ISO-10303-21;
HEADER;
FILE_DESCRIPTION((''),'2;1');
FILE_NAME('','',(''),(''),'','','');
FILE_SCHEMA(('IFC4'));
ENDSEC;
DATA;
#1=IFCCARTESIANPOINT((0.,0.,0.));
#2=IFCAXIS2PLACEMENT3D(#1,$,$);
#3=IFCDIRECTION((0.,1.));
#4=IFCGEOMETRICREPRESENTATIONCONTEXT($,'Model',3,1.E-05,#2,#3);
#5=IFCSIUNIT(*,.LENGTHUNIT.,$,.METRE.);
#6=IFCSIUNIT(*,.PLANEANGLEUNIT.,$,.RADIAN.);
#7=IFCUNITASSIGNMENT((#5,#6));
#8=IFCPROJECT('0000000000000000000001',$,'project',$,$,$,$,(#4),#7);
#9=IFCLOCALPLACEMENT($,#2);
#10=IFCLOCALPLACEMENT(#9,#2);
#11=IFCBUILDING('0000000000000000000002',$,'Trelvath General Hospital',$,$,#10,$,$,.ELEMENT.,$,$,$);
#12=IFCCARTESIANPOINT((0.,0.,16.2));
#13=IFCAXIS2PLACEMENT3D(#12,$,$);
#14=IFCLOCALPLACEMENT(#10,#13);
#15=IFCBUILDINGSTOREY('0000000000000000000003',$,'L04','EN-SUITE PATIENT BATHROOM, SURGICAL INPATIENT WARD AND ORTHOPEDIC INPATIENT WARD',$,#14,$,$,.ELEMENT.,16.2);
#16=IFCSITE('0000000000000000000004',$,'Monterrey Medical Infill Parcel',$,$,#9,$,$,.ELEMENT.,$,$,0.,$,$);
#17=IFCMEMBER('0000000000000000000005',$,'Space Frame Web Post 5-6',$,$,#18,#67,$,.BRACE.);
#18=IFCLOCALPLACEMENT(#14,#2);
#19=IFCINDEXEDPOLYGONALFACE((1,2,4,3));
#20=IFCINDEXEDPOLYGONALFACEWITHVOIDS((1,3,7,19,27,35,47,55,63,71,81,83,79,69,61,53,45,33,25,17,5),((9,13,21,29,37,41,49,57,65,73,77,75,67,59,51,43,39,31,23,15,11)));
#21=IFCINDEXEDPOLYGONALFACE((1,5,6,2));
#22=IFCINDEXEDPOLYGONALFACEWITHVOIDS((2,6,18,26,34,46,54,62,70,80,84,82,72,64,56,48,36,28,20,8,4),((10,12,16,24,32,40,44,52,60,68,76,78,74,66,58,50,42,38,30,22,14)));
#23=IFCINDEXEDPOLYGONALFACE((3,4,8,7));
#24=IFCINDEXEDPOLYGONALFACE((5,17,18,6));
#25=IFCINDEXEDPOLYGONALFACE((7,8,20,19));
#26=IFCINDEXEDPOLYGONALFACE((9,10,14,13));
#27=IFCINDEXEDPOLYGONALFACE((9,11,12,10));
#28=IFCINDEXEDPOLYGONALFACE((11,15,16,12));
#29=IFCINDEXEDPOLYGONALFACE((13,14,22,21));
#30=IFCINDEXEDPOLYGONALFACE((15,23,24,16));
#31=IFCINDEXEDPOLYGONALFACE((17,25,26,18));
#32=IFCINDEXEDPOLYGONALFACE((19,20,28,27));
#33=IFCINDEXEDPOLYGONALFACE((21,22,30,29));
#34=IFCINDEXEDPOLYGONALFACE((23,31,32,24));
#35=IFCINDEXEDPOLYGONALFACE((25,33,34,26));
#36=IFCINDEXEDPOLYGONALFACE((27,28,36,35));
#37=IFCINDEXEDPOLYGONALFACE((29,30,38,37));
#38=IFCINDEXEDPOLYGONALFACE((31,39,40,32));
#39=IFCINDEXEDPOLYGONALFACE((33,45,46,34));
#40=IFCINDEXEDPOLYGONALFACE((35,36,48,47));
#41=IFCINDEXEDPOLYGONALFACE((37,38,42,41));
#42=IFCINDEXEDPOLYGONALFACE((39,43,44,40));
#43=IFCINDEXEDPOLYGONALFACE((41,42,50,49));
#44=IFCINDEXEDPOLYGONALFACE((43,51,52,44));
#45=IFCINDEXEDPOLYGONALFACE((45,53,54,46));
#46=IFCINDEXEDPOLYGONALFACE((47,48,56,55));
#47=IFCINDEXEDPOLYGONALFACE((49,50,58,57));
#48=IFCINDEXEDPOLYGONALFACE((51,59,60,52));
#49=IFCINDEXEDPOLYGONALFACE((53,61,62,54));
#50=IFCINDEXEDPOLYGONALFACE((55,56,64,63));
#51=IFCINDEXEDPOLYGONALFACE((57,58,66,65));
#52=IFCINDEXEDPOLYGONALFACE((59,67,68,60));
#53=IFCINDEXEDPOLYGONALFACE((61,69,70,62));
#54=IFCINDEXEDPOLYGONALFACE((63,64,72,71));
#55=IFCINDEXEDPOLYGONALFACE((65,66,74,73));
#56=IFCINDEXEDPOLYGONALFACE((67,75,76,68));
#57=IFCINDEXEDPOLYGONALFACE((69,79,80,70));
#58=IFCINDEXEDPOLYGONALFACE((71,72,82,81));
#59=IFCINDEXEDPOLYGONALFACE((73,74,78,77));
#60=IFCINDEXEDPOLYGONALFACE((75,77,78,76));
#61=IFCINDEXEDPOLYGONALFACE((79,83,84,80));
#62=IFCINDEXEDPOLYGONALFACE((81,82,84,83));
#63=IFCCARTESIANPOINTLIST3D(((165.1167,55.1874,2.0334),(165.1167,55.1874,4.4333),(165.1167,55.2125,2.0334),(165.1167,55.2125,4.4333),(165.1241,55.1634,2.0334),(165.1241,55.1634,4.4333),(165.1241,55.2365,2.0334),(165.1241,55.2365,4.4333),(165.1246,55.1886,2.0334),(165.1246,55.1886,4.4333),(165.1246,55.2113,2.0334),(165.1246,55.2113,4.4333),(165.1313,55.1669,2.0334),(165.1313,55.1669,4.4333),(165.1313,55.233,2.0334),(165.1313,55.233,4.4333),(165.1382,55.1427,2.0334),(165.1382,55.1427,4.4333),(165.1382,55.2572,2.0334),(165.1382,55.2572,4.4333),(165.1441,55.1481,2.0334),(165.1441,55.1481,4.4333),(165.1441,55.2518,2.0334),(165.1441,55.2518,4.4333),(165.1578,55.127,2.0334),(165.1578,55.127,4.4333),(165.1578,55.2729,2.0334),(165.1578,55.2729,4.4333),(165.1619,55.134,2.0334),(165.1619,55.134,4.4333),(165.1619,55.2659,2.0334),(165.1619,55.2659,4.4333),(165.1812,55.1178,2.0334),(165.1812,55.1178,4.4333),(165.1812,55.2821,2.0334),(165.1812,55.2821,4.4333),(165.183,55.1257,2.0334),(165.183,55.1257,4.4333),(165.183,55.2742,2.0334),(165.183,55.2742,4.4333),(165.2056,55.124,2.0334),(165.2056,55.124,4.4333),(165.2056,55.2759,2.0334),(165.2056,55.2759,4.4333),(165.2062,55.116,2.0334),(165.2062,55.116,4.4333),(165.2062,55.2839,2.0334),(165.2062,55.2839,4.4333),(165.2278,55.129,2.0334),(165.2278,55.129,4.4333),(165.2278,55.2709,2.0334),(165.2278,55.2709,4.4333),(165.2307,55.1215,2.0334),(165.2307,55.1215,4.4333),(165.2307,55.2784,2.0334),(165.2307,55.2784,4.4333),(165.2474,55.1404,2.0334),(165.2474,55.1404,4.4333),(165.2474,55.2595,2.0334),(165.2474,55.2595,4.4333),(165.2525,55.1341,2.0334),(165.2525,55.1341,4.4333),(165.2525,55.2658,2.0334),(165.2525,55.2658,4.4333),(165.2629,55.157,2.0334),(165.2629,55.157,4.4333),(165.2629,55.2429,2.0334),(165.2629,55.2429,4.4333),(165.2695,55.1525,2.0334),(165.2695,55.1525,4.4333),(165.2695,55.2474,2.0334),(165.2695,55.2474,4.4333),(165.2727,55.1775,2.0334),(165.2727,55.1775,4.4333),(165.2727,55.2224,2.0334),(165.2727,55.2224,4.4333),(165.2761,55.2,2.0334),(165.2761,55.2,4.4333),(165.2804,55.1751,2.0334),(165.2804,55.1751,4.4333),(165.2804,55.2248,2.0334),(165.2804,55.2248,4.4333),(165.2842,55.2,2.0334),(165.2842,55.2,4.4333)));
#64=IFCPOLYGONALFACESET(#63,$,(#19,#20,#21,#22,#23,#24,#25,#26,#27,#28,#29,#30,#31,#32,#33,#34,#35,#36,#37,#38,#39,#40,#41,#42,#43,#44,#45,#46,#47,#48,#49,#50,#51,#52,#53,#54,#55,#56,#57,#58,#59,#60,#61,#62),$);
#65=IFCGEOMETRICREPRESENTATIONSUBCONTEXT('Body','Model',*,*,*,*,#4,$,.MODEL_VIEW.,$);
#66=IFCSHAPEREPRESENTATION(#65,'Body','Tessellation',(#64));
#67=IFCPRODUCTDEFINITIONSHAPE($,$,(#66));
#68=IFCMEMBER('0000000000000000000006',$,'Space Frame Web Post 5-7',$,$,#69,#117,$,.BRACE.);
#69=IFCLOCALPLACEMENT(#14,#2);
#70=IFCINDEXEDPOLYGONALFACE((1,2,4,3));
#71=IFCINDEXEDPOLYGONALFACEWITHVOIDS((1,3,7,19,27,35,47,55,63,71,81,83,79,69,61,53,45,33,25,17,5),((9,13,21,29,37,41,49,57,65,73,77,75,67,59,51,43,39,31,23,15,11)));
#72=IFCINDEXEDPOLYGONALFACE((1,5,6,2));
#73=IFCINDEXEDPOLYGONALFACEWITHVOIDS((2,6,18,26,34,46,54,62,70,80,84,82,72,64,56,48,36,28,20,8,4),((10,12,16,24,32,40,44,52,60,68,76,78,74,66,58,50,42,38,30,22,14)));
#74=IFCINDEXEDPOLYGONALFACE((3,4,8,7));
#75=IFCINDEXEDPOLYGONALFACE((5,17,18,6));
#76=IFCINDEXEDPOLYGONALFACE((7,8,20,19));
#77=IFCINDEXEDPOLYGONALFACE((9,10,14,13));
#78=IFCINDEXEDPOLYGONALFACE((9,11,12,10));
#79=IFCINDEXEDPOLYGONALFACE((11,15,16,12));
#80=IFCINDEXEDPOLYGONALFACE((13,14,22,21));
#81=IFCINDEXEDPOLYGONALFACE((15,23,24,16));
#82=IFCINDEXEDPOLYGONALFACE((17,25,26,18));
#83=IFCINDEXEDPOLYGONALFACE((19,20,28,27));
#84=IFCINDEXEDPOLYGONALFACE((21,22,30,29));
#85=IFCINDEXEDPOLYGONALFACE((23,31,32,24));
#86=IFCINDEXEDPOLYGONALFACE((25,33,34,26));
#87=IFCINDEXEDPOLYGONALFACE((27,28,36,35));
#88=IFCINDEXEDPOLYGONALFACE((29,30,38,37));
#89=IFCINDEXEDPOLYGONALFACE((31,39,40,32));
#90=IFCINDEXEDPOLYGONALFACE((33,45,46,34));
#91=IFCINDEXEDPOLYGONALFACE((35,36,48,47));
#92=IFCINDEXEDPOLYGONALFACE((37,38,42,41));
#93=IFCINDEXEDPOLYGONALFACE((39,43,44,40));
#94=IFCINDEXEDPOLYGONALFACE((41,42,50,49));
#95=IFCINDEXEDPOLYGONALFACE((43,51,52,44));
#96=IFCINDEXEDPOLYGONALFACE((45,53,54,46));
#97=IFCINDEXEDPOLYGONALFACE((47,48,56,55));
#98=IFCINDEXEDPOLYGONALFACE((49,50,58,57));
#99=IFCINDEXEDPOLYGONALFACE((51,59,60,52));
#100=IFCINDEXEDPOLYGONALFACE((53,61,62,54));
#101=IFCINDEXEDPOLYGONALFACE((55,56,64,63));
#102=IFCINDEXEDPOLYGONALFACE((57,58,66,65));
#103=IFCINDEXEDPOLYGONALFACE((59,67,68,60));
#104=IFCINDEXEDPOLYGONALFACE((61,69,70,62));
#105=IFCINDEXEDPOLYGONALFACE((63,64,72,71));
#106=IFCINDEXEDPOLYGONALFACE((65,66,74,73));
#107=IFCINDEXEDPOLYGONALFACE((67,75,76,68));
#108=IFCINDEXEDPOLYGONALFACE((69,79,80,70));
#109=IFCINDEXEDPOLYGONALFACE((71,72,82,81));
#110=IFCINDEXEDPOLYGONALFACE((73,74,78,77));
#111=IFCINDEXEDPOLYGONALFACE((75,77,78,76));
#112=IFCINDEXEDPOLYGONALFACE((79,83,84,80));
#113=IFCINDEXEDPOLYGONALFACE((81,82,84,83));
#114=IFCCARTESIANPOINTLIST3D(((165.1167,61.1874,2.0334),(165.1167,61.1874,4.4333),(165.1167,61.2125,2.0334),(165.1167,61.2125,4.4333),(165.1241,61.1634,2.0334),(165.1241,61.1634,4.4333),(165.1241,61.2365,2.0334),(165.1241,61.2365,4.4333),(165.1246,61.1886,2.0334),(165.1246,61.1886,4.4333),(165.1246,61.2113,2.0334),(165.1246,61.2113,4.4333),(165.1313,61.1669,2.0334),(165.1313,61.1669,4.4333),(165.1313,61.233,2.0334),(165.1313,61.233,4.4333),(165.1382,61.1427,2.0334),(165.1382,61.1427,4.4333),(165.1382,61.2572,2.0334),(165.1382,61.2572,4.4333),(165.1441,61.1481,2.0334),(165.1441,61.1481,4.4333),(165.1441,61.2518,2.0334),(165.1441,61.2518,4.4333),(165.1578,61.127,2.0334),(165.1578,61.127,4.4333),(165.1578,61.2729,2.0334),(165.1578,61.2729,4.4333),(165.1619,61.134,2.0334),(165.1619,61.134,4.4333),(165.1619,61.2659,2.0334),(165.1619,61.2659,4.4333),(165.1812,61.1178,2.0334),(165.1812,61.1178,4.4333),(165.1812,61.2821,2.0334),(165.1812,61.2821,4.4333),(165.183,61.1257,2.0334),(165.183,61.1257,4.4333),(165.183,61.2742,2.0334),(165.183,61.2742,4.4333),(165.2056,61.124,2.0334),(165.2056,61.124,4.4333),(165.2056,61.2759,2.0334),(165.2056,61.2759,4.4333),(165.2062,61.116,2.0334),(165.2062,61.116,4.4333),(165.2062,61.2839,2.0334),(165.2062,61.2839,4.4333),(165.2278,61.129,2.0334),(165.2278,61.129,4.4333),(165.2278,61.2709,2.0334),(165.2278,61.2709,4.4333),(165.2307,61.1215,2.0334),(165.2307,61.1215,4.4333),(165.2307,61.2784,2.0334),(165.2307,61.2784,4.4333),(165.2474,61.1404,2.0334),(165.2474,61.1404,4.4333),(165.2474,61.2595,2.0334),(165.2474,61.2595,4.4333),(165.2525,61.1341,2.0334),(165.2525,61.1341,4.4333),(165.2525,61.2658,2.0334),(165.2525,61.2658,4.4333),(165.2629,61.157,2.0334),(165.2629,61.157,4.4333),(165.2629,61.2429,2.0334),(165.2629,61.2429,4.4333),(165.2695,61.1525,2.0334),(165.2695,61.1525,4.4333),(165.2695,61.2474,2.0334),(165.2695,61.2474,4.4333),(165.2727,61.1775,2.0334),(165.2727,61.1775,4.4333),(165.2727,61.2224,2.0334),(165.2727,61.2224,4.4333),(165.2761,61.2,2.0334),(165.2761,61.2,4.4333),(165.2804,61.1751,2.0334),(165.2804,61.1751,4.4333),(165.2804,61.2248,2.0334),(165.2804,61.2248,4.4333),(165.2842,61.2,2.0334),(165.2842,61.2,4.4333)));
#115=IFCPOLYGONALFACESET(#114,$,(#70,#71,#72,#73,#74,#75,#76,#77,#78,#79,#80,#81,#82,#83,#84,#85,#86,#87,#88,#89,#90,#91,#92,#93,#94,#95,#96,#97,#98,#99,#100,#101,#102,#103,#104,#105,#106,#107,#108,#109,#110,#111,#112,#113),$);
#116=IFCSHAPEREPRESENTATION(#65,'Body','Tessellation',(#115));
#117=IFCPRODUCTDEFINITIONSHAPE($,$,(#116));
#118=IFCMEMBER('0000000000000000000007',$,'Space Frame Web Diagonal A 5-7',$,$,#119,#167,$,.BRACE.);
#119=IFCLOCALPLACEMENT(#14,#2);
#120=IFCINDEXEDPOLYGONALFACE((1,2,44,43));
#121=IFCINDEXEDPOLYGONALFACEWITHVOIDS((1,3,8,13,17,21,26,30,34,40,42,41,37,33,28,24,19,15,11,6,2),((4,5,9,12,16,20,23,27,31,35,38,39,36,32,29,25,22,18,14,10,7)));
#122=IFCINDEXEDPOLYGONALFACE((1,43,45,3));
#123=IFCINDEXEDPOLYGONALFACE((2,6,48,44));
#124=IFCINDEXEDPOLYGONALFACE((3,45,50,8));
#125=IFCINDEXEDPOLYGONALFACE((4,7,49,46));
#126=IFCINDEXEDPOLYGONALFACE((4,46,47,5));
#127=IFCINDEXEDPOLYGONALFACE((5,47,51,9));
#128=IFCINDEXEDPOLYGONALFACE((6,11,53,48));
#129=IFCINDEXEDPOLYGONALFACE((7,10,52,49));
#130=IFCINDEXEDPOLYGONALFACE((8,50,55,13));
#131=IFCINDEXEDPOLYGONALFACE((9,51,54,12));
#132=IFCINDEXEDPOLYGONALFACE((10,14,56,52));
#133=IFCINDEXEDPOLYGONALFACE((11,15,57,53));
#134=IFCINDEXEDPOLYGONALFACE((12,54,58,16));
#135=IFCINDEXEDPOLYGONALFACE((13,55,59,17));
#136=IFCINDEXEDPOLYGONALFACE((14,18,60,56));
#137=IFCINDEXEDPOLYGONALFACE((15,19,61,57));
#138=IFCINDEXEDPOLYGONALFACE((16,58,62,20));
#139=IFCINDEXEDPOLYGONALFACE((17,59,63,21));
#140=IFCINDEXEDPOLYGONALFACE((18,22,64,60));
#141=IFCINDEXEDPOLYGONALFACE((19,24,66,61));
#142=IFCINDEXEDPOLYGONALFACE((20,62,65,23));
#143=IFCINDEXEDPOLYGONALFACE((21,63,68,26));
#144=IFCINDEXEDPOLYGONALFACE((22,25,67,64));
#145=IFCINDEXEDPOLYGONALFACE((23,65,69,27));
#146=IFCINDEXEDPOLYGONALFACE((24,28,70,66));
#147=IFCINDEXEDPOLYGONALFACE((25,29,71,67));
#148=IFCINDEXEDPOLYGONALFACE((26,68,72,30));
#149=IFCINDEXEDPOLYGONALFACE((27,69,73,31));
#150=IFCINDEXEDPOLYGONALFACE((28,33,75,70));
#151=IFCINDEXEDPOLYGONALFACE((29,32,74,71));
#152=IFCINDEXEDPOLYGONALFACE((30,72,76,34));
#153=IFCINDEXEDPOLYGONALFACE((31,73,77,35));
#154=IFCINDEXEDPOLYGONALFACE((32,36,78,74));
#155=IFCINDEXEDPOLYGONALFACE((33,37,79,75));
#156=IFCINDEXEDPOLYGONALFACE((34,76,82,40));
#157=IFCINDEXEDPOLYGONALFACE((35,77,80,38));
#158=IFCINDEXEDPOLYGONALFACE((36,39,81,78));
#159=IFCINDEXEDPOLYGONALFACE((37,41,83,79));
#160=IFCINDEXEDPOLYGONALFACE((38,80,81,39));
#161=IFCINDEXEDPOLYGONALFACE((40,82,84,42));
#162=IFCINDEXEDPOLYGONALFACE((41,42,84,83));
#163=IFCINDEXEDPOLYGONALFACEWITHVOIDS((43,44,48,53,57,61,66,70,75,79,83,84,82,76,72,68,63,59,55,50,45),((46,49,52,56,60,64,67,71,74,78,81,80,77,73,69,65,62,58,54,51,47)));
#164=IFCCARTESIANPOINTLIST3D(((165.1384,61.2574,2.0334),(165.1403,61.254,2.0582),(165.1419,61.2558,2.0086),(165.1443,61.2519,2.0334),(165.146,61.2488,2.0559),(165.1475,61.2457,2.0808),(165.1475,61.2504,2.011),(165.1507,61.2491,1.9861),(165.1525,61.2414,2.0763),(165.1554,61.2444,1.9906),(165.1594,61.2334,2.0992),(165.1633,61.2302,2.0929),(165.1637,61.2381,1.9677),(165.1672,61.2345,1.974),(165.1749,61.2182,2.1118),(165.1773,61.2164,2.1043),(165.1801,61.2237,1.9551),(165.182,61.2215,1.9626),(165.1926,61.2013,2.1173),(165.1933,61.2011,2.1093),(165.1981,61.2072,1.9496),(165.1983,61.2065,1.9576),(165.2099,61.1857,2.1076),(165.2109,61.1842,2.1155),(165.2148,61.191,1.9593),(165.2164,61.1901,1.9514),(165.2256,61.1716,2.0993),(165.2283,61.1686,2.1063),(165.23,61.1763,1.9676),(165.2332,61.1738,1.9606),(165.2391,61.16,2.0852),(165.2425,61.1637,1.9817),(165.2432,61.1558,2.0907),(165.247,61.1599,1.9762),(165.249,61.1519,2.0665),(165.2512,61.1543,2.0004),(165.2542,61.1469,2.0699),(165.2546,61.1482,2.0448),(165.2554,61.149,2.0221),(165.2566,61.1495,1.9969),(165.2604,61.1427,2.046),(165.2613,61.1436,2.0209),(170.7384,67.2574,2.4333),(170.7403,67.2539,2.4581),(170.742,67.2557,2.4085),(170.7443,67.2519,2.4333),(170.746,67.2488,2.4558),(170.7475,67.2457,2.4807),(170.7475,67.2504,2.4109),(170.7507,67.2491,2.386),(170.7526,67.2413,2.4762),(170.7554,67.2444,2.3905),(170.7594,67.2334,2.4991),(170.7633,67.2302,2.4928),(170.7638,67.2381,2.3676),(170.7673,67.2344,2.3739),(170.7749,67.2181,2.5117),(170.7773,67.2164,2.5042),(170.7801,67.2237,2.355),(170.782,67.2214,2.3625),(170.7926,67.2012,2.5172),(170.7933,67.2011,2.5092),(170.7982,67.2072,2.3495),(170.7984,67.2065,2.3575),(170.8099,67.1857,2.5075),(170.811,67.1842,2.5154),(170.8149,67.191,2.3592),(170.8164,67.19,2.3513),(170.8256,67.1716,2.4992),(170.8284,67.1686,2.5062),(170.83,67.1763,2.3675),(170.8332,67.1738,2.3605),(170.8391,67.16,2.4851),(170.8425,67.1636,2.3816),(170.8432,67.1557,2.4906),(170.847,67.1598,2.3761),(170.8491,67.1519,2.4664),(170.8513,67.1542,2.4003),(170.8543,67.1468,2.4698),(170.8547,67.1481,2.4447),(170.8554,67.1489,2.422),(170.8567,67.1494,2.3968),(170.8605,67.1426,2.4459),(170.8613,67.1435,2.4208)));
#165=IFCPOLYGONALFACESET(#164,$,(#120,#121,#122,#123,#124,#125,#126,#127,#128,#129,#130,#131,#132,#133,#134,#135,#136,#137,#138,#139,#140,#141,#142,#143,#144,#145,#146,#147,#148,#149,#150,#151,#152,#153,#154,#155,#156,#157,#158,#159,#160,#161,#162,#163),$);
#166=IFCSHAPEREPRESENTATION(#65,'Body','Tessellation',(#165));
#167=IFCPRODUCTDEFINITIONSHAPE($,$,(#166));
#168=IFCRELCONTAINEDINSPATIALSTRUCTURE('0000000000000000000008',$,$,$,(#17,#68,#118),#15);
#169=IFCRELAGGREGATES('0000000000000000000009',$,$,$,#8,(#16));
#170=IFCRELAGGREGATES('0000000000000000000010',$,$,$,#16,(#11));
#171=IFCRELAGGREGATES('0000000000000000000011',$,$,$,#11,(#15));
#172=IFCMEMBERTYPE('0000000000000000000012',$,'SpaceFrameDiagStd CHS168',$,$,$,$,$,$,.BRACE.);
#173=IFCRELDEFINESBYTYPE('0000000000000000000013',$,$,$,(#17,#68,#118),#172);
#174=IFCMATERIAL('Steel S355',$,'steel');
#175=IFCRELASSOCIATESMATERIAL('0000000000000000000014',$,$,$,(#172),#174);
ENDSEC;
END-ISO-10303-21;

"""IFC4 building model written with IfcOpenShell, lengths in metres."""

from ifc_helpers import new_model, si_unit, direction, frame, origin, origin_2d, place, context, subcontext, project, spatial, hollow_circle, extrude, material, material_profile, profile_set, type_object, element, save


model = new_model("IFC4")

# Units and contexts
model_context = context("Model", 3, precision=1e-05, world=origin(), true_north=direction((0.0, 1.0)))
body_context = subcontext(model_context, "Body", "Model", "MODEL_VIEW")
ifc_project = project(units=[si_unit("LENGTHUNIT", "METRE"), si_unit("PLANEANGLEUNIT", "RADIAN")], contexts=[model_context])

# Site, building, storey
site_placement = place(None, origin())
site = spatial("IfcSite", under=ifc_project, at=site_placement, Name="Monterrey Medical Infill Parcel", CompositionType="ELEMENT", RefElevation=0.0)
building_placement = place(site_placement, origin())
building = spatial("IfcBuilding", under=site, at=building_placement, Name="Trelvath General Hospital", CompositionType="ELEMENT")
storey_placement = place(building_placement, frame((0.0, 0.0, 16.2)))
storey = spatial("IfcBuildingStorey", under=building, at=storey_placement, Name="L04", Description="EN-SUITE PATIENT BATHROOM, SURGICAL INPATIENT WARD AND ORTHOPEDIC INPATIENT WARD", CompositionType="ELEMENT", Elevation=16.2)

# Members
ifc_material_1 = material(Name="Steel S355", Category="steel")
ifc_material_profile_1 = material_profile(ifc_material_1, hollow_circle(Radius=0.0842, WallThickness=0.0081, at=origin_2d()), Name="CHS168.3x8.0")
ifc_profile_set_1 = profile_set([ifc_material_profile_1], Name="Steel S355")
member_type_1 = type_object("IfcMemberType", Name="SpaceFrameDiagStd CHS168", PredefinedType="BRACE", material=ifc_profile_set_1)
for number, where, z_axis, x_axis, name in (
    (1, (165.2, 55.2, 2.0334), (0.0, 0.0, 1.0), (1.0, 0.0, 0.0), "Space Frame Web Post 5-6"),
    (2, (165.2, 61.2, 2.0334), (0.0, 0.0, 1.0), (1.0, 0.0, 0.0), "Space Frame Web Post 5-7"),
):
    element("IfcMember", number, at=place(storey_placement, frame(where, z_axis=z_axis, x_axis=x_axis)), inside=storey, type_object=member_type_1, Name=name, PredefinedType="BRACE", context=body_context, shape_type="SweptSolid", body=[
        extrude(hollow_circle(Radius=0.0842, WallThickness=0.0081, at=origin_2d()), origin(), (0.0, 0.0, 1.0), 2.3999),
    ])
member_1_placement = place(storey_placement, frame((165.2, 61.2, 2.0334), z_axis=(0.681516, 0.730183, 0.048667), x_axis=(-0.731049, 0.682325, 0.0)))
element("IfcMember", 3, at=member_1_placement, inside=storey, type_object=member_type_1, Name="Space Frame Web Diagonal A 5-7", PredefinedType="BRACE", context=body_context, shape_type="SweptSolid", body=[
    extrude(hollow_circle(Radius=0.0842, WallThickness=0.0081, at=origin_2d()), origin(), (0.0, 0.0, 1.0), 8.217),
])

save(model, "model.ifc")
